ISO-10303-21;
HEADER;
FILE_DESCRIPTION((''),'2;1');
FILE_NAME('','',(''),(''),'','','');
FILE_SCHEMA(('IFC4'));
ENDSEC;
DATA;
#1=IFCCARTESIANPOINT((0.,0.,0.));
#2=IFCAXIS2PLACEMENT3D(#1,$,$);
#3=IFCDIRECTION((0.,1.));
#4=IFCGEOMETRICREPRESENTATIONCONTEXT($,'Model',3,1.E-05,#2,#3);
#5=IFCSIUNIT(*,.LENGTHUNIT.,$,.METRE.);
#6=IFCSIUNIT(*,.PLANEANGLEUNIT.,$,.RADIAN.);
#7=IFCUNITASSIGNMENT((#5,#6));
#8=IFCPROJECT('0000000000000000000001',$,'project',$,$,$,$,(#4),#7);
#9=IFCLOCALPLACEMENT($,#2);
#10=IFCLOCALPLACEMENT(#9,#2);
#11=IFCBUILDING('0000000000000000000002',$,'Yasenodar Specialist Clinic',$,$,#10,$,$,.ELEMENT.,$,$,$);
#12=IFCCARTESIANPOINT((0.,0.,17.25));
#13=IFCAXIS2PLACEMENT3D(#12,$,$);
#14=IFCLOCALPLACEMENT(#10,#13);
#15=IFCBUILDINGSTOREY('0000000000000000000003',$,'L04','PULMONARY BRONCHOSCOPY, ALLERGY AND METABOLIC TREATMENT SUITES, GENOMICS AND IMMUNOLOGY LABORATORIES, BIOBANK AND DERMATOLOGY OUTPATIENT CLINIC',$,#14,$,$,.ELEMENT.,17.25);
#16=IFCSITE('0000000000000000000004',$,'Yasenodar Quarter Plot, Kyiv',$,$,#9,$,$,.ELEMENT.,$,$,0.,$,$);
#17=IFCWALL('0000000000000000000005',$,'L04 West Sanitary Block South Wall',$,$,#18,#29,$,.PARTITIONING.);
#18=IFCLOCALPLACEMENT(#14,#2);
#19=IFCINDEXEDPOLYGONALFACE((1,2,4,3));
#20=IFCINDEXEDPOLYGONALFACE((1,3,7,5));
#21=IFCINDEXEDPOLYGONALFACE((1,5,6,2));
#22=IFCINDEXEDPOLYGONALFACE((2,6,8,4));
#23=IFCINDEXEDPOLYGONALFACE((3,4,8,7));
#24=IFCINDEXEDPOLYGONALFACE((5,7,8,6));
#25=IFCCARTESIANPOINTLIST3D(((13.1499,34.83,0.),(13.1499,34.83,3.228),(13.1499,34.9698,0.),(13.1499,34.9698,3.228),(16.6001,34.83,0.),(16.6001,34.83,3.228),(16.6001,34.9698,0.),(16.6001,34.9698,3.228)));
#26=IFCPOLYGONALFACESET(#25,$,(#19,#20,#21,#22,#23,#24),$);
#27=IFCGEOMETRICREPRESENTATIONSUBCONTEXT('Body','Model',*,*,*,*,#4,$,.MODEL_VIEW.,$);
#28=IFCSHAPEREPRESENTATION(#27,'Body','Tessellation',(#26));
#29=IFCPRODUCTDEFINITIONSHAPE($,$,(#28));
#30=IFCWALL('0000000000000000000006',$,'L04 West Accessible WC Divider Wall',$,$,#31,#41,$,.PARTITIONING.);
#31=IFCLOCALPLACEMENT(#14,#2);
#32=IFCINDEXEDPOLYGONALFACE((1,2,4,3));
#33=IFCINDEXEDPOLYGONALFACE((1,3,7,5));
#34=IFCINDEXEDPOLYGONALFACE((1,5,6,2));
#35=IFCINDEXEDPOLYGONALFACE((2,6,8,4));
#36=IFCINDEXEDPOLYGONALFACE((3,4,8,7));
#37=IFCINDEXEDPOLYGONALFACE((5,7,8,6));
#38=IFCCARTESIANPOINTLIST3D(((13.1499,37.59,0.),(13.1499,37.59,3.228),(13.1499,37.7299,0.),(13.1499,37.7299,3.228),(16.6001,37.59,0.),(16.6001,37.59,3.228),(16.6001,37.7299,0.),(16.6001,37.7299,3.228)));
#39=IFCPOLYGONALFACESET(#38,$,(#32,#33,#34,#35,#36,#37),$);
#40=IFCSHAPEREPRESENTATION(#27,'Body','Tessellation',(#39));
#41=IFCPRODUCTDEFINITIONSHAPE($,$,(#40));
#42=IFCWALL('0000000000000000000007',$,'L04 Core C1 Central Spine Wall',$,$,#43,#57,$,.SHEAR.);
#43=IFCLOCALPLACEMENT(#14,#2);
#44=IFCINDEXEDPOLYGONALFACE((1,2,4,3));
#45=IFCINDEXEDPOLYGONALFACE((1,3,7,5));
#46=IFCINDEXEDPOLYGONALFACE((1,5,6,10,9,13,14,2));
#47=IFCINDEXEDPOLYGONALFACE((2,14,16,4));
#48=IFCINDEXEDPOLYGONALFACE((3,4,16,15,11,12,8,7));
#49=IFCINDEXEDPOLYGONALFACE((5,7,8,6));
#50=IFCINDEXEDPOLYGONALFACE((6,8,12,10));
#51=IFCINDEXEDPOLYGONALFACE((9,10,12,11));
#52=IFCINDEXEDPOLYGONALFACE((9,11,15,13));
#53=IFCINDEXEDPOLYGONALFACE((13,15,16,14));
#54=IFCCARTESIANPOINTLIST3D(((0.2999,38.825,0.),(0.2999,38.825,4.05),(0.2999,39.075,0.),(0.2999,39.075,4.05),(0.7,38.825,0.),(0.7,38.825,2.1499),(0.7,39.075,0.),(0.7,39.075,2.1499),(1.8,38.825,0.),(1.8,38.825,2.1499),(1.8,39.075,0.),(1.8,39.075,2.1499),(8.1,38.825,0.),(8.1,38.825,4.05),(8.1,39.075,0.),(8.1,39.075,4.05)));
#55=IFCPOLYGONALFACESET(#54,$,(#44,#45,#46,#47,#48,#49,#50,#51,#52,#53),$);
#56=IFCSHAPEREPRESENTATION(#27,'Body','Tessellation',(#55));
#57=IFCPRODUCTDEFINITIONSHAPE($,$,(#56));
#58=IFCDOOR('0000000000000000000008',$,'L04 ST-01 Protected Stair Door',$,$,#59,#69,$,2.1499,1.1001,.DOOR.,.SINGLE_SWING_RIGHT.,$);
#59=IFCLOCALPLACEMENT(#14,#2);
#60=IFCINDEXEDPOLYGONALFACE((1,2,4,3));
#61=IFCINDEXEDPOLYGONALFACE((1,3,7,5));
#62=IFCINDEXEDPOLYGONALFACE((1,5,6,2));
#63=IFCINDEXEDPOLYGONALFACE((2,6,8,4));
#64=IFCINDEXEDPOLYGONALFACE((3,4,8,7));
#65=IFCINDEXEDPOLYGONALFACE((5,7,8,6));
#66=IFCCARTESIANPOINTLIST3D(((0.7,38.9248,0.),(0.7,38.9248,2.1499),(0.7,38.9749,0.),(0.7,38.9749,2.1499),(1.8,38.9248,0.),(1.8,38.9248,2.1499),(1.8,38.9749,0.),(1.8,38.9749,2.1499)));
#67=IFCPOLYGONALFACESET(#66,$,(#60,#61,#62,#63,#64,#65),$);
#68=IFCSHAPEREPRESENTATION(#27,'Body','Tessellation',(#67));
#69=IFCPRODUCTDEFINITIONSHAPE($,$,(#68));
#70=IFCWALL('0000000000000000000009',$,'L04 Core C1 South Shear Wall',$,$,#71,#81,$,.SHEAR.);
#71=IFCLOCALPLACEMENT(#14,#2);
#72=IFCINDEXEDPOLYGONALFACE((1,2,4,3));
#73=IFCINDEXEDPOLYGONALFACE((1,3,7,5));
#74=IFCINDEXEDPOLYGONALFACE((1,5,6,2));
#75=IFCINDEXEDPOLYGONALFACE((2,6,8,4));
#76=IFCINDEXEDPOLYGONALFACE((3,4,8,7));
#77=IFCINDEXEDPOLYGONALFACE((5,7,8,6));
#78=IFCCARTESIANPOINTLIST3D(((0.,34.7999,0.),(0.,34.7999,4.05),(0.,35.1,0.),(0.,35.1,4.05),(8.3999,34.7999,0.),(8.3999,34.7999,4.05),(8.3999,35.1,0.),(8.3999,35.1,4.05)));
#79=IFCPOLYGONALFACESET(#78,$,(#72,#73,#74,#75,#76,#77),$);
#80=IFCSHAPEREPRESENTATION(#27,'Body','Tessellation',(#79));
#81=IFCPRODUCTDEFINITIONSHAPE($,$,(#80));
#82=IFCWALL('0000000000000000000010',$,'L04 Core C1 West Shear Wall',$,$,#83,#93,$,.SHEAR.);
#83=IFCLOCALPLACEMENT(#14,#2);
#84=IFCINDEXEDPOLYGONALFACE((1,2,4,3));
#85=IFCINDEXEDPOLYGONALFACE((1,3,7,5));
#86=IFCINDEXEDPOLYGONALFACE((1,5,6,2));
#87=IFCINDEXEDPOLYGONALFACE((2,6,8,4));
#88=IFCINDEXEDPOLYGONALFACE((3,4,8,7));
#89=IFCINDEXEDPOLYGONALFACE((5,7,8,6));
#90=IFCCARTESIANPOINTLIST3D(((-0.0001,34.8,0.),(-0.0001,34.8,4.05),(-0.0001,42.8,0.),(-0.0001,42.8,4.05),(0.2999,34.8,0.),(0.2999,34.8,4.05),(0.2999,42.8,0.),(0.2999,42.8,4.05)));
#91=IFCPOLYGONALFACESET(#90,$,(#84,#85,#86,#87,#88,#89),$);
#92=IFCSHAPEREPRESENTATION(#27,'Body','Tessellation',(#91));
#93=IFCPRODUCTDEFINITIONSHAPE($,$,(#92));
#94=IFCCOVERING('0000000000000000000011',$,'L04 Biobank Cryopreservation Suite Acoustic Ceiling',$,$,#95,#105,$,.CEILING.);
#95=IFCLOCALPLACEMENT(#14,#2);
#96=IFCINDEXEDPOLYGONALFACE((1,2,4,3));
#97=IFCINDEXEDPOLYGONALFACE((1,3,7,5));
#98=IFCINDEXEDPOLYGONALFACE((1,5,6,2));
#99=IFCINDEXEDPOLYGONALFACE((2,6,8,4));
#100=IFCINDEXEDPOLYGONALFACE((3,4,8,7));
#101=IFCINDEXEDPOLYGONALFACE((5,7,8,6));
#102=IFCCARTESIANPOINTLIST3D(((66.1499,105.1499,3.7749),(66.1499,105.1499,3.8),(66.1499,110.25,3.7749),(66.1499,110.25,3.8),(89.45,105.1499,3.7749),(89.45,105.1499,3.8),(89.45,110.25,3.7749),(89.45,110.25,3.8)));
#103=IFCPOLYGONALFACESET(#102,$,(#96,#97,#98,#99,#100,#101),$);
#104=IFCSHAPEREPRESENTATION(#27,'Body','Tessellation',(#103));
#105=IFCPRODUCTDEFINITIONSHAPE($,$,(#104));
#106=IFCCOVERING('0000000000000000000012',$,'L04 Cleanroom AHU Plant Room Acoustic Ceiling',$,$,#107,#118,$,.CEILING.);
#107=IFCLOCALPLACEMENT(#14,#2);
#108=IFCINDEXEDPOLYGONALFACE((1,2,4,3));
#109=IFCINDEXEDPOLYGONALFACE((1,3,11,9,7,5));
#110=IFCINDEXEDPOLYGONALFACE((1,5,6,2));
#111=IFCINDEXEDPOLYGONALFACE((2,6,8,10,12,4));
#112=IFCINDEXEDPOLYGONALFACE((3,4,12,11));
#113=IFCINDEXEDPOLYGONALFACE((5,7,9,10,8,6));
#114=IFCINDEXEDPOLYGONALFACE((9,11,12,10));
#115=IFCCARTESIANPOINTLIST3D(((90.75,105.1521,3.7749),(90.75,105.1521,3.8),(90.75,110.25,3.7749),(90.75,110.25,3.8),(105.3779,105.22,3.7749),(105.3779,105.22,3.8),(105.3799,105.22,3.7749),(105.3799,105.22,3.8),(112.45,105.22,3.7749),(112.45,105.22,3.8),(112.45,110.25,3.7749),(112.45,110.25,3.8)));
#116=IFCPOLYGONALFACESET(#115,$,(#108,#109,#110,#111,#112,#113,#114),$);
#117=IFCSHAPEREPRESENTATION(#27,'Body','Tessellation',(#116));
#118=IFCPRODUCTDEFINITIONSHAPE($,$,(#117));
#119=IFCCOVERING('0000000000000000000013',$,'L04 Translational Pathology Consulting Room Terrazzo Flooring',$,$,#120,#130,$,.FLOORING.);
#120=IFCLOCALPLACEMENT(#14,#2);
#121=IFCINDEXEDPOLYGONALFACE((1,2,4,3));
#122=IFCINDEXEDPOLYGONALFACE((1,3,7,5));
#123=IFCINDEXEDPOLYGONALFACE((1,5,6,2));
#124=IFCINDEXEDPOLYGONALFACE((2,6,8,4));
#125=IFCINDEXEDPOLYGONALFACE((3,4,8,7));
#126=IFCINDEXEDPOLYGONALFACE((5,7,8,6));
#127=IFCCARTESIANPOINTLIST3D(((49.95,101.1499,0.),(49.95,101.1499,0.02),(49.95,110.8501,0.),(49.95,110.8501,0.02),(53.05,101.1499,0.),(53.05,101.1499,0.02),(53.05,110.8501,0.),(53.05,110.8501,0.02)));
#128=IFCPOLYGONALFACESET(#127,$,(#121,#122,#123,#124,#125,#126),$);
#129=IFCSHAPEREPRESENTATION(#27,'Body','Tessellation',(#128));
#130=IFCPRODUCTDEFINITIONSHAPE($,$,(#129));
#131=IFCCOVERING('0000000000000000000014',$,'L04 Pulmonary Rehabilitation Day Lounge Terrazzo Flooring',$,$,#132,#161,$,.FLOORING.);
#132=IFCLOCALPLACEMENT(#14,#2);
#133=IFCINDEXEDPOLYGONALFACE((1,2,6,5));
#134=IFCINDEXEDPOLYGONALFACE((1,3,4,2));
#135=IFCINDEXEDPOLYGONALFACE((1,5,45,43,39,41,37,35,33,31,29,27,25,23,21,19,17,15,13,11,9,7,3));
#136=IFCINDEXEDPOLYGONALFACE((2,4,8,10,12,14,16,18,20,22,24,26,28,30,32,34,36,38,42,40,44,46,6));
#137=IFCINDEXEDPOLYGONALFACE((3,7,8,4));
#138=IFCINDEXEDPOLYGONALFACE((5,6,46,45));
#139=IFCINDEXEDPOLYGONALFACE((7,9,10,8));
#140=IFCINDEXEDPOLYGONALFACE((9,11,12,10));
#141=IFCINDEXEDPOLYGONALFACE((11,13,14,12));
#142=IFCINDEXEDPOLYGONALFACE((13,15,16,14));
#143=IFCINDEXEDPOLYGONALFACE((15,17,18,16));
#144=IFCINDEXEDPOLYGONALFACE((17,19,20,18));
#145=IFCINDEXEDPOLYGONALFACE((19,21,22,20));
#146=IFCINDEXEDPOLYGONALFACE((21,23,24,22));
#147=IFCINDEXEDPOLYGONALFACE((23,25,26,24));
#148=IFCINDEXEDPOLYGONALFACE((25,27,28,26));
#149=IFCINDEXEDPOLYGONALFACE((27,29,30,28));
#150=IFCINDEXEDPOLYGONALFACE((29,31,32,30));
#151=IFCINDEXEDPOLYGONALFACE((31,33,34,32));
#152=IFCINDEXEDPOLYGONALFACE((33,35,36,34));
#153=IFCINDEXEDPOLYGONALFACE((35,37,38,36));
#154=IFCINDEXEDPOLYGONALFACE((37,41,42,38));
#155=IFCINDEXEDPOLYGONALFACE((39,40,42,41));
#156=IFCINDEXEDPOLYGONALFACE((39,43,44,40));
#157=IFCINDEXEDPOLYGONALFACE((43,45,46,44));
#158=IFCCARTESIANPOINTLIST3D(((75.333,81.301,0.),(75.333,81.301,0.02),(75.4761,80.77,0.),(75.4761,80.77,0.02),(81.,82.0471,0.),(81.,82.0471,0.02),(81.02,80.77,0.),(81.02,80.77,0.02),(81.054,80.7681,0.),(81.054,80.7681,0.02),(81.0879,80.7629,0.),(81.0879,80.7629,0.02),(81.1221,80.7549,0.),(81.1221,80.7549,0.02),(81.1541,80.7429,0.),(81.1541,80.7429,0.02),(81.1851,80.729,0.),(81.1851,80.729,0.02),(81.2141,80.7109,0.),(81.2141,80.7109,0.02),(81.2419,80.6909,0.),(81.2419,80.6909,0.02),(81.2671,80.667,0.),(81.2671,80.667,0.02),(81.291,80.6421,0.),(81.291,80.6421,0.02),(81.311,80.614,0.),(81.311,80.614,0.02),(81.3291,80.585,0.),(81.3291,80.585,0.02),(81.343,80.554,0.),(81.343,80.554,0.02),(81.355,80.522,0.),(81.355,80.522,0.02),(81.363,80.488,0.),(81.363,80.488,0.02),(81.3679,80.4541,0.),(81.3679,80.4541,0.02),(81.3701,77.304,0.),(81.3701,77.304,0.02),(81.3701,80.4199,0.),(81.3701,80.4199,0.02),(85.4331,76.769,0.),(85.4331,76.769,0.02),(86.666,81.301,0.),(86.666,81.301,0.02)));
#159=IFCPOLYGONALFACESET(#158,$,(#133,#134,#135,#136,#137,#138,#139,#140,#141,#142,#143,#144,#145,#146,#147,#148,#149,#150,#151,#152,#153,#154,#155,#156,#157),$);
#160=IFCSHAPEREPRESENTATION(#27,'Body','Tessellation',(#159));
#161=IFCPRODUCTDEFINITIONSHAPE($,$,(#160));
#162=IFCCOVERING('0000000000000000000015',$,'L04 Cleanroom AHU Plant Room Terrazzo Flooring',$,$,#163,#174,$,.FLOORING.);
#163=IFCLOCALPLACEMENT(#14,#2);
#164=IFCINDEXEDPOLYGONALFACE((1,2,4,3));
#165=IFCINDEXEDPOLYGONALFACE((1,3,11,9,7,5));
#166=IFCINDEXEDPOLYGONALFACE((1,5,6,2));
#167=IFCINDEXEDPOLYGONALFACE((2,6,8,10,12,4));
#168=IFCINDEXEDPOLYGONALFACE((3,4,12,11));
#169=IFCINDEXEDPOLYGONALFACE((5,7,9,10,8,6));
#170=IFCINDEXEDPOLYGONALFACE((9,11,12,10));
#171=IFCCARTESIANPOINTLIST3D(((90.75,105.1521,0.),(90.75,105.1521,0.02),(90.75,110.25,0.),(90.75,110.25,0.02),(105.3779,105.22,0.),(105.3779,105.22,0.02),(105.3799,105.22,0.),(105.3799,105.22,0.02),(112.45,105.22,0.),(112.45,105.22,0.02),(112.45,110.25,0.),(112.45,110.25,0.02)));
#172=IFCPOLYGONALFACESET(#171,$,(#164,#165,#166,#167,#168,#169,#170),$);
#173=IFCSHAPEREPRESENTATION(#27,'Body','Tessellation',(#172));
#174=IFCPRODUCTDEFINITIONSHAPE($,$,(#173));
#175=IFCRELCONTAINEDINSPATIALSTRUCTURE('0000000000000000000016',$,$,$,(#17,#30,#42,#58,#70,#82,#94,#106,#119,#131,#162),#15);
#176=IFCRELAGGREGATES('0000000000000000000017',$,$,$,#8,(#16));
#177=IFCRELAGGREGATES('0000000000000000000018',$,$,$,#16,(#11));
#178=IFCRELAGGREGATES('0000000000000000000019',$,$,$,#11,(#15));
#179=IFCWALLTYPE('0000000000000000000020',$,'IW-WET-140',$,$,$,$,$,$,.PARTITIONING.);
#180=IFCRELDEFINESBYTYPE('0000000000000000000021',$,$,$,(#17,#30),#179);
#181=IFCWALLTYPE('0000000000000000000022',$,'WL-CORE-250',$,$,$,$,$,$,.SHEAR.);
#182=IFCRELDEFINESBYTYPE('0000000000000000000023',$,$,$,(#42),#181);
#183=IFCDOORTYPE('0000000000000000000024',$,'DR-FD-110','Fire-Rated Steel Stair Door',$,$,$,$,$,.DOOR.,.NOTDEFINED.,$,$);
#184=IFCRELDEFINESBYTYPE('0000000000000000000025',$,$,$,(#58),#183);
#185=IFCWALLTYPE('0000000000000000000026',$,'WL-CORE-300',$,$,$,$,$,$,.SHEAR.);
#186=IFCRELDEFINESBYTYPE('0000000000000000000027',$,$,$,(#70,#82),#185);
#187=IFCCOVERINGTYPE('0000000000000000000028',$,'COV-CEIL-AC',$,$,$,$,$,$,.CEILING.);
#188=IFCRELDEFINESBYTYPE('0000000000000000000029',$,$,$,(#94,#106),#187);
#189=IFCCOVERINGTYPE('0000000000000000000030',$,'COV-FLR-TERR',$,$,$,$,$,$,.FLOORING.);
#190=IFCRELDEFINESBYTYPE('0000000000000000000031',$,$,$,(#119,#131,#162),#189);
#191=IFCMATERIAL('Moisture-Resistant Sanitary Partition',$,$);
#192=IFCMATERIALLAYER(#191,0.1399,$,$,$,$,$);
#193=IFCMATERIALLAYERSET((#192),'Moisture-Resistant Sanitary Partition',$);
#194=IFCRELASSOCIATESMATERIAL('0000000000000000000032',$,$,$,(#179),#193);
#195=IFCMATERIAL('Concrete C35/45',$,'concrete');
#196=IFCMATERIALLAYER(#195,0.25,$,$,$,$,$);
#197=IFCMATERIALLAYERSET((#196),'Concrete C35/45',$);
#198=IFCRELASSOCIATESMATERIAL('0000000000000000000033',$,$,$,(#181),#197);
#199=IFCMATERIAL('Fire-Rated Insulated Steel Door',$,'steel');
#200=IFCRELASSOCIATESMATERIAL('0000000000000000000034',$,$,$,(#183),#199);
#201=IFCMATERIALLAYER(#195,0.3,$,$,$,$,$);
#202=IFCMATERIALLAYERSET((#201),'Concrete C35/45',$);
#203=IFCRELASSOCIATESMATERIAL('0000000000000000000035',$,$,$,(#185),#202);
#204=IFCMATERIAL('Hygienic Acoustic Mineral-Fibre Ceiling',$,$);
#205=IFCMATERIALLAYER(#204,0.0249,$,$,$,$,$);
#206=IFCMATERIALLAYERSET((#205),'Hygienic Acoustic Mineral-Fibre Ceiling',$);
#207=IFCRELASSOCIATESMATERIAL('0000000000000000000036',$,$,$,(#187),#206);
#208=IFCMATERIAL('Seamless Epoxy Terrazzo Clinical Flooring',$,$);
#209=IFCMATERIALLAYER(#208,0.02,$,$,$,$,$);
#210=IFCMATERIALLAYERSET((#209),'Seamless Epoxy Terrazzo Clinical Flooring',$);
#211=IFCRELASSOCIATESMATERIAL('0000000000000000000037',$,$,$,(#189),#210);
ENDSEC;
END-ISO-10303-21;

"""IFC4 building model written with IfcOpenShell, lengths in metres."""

from ifc_helpers import new_model, si_unit, direction, frame, frame_2d, origin, place, context, subcontext, project, spatial, polyline, rectangle, outline, extrude, material, layer, layer_set, type_object, element, fill, save


model = new_model("IFC4")

# Units and contexts
model_context = context("Model", 3, precision=1e-05, world=origin(), true_north=direction((0.0, 1.0)))
body_context = subcontext(model_context, "Body", "Model", "MODEL_VIEW")
ifc_project = project(units=[si_unit("LENGTHUNIT", "METRE"), si_unit("PLANEANGLEUNIT", "RADIAN")], contexts=[model_context])

# Site, building, storey
site_placement = place(None, origin())
site = spatial("IfcSite", under=ifc_project, at=site_placement, Name="Yasenodar Quarter Plot, Kyiv", CompositionType="ELEMENT", RefElevation=0.0)
building_placement = place(site_placement, origin())
building = spatial("IfcBuilding", under=site, at=building_placement, Name="Yasenodar Specialist Clinic", CompositionType="ELEMENT")
storey_placement = place(building_placement, frame((0.0, 0.0, 17.25)))
storey = spatial("IfcBuildingStorey", under=building, at=storey_placement, Name="L04", Description="PULMONARY BRONCHOSCOPY, ALLERGY AND METABOLIC TREATMENT SUITES, GENOMICS AND IMMUNOLOGY LABORATORIES, BIOBANK AND DERMATOLOGY OUTPATIENT CLINIC", CompositionType="ELEMENT", Elevation=17.25)

# Shared definitions
ifc_material_1 = material(Name="Fire-Rated Insulated Steel Door", Category="steel")

# Shared definitions
ifc_material_2 = material(Name="Moisture-Resistant Sanitary Partition")
ifc_layer_1 = layer(ifc_material_2, 0.1399)
ifc_layer_set_1 = layer_set([ifc_layer_1], Name="Moisture-Resistant Sanitary Partition")
wall_type_1 = type_object("IfcWallType", Name="IW-WET-140", PredefinedType="PARTITIONING", material=ifc_layer_set_1)

# Walls
for number, where, z_axis, x_axis, name in (
    (1, (13.1499, 34.8999, 0.0), (0.0, 0.0, 1.0), (1.0, 0.0, 0.0), "L04 West Sanitary Block South Wall"),
    (2, (13.1499, 37.6599, 0.0), (0.0, 0.0, 1.0), (1.0, 0.0, 0.0), "L04 West Accessible WC Divider Wall"),
):
    element("IfcWall", number, at=place(storey_placement, frame(where, z_axis=z_axis, x_axis=x_axis)), inside=storey, type_object=wall_type_1, Name=name, PredefinedType="PARTITIONING", context=body_context, shape_type="SweptSolid", body=[
        extrude(rectangle(XDim=3.4502, YDim=0.1399, at=frame_2d((1.7251, 0.0))), origin(), (0.0, 0.0, 1.0), 3.228),
    ])

# Wall, opening, door
ifc_material_3 = material(Name="Concrete C35/45", Category="concrete")
ifc_layer_2 = layer(ifc_material_3, 0.25)
ifc_layer_set_2 = layer_set([ifc_layer_2], Name="Concrete C35/45")
wall_type_2 = type_object("IfcWallType", Name="WL-CORE-250", PredefinedType="SHEAR", material=ifc_layer_set_2)
wall_1_placement = place(storey_placement, frame((0.3, 38.95, 0.0), z_axis=(0.0, 0.0, 1.0), x_axis=(1.0, 0.0, 0.0)))
wall_1 = element("IfcWall", 3, at=wall_1_placement, inside=storey, type_object=wall_type_2, Name="L04 Core C1 Central Spine Wall", PredefinedType="SHEAR", context=body_context, shape_type="SweptSolid", body=[
    extrude(rectangle(XDim=7.8, YDim=0.25, at=frame_2d((3.8999, 0.0))), origin(), (0.0, 0.0, 1.0), 4.05),
])
opening_1_placement = place(wall_1_placement, frame((0.3999, 0.0, 0.0)))
opening_1 = element("IfcOpeningElement", 4, at=opening_1_placement, cuts=wall_1, PredefinedType="OPENING", context=body_context, shape_type="SweptSolid", body=[
    extrude(rectangle(XDim=1.1001, YDim=2.1499, at=frame_2d((0.55, 1.075))), frame((0.0, 0.135, 0.0), z_axis=(0.0, -1.0, 0.0), x_axis=(1.0, 0.0, 0.0)), (0.0, 0.0, 1.0), 0.27),
])
door_type_1 = type_object("IfcDoorType", Name="DR-FD-110", Description="Fire-Rated Steel Stair Door", OperationType="NOTDEFINED", PredefinedType="DOOR", material=ifc_material_1)
door_1_placement = place(opening_1_placement, origin())
door_1 = element("IfcDoor", 5, at=door_1_placement, inside=storey, type_object=door_type_1, Name="L04 ST-01 Protected Stair Door", OperationType="SINGLE_SWING_RIGHT", OverallHeight=2.1499, OverallWidth=1.1001, PredefinedType="DOOR", context=body_context, shape_type="SweptSolid", body=[
    extrude(rectangle(XDim=1.1001, YDim=2.1499, at=frame_2d((0.55, 1.075))), frame((0.0, 0.0249, 0.0), z_axis=(0.0, -1.0, 0.0), x_axis=(1.0, 0.0, 0.0)), (0.0, 0.0, 1.0), 0.05),
])
fill(opening_1, door_1)

# Walls
ifc_layer_3 = layer(ifc_material_3, 0.3)
ifc_layer_set_3 = layer_set([ifc_layer_3], Name="Concrete C35/45")
wall_type_3 = type_object("IfcWallType", Name="WL-CORE-300", PredefinedType="SHEAR", material=ifc_layer_set_3)
wall_2_placement = place(storey_placement, frame((0.0, 34.95, 0.0), z_axis=(0.0, 0.0, 1.0), x_axis=(1.0, 0.0, 0.0)))
element("IfcWall", 6, at=wall_2_placement, inside=storey, type_object=wall_type_3, Name="L04 Core C1 South Shear Wall", PredefinedType="SHEAR", context=body_context, shape_type="SweptSolid", body=[
    extrude(rectangle(XDim=8.3999, YDim=0.3, at=frame_2d((4.2, 0.0))), origin(), (0.0, 0.0, 1.0), 4.05),
])
wall_3_placement = place(storey_placement, frame((0.1499, 34.8, 0.0), z_axis=(0.0, 0.0, 1.0), x_axis=(0.0, 1.0, 0.0)))
element("IfcWall", 7, at=wall_3_placement, inside=storey, type_object=wall_type_3, Name="L04 Core C1 West Shear Wall", PredefinedType="SHEAR", context=body_context, shape_type="SweptSolid", body=[
    extrude(rectangle(XDim=8.0, YDim=0.3, at=frame_2d((4.0, 0.0))), origin(), (0.0, 0.0, 1.0), 4.05),
])

# Coverings
ifc_material_4 = material(Name="Hygienic Acoustic Mineral-Fibre Ceiling")
ifc_layer_4 = layer(ifc_material_4, 0.0249)
ifc_layer_set_4 = layer_set([ifc_layer_4], Name="Hygienic Acoustic Mineral-Fibre Ceiling")
covering_type_1 = type_object("IfcCoveringType", Name="COV-CEIL-AC", PredefinedType="CEILING", material=ifc_layer_set_4)
covering_1_placement = place(storey_placement, frame((0.0, 0.0, 3.7749)))
element("IfcCovering", 8, at=covering_1_placement, inside=storey, type_object=covering_type_1, Name="L04 Biobank Cryopreservation Suite Acoustic Ceiling", PredefinedType="CEILING", context=body_context, shape_type="SweptSolid", body=[
    extrude(outline(polyline([(89.45, 105.1499), (66.1499, 105.1499), (66.1499, 110.25), (89.45, 110.25), (89.45, 105.1499)])), origin(), (0.0, 0.0, 1.0), 0.0251),
])
covering_2_placement = place(storey_placement, frame((0.0, 0.0, 3.7749)))
element("IfcCovering", 9, at=covering_2_placement, inside=storey, type_object=covering_type_1, Name="L04 Cleanroom AHU Plant Room Acoustic Ceiling", PredefinedType="CEILING", context=body_context, shape_type="SweptSolid", body=[
    extrude(outline(polyline([(112.45, 110.25), (112.45, 105.22), (105.3799, 105.22), (105.3779, 105.22), (90.75, 105.1521), (90.75, 110.25), (112.45, 110.25)])), origin(), (0.0, 0.0, 1.0), 0.0251),
])
ifc_material_5 = material(Name="Seamless Epoxy Terrazzo Clinical Flooring")
ifc_layer_5 = layer(ifc_material_5, 0.02)
ifc_layer_set_5 = layer_set([ifc_layer_5], Name="Seamless Epoxy Terrazzo Clinical Flooring")
covering_type_2 = type_object("IfcCoveringType", Name="COV-FLR-TERR", PredefinedType="FLOORING", material=ifc_layer_set_5)
covering_3_placement = place(storey_placement, origin())
element("IfcCovering", 10, at=covering_3_placement, inside=storey, type_object=covering_type_2, Name="L04 Translational Pathology Consulting Room Terrazzo Flooring", PredefinedType="FLOORING", context=body_context, shape_type="SweptSolid", body=[
    extrude(outline(polyline([(53.05, 101.1499), (49.95, 101.1499), (49.95, 110.8501), (53.05, 110.8501), (53.05, 101.1499)])), origin(), (0.0, 0.0, 1.0), 0.02),
])
covering_4_placement = place(storey_placement, origin())
element("IfcCovering", 11, at=covering_4_placement, inside=storey, type_object=covering_type_2, Name="L04 Pulmonary Rehabilitation Day Lounge Terrazzo Flooring", PredefinedType="FLOORING", context=body_context, shape_type="SweptSolid", body=[
    extrude(outline(polyline([(86.666, 81.301), (85.4331, 76.769), (81.3701, 77.304), (81.3701, 80.4199), (81.3679, 80.4541), (81.363, 80.488), (81.355, 80.522), (81.343, 80.554), (81.3291, 80.585), (81.311, 80.614), (81.291, 80.6421), (81.2671, 80.667), (81.2419, 80.6909), (81.2141, 80.7109), (81.1851, 80.729), (81.1541, 80.7429), (81.1221, 80.7549), (81.0879, 80.7629), (81.054, 80.7681), (81.02, 80.77), (75.4761, 80.77), (75.333, 81.301), (81.0, 82.0471), (86.666, 81.301)])), origin(), (0.0, 0.0, 1.0), 0.02),
])
covering_5_placement = place(storey_placement, origin())
element("IfcCovering", 12, at=covering_5_placement, inside=storey, type_object=covering_type_2, Name="L04 Cleanroom AHU Plant Room Terrazzo Flooring", PredefinedType="FLOORING", context=body_context, shape_type="SweptSolid", body=[
    extrude(outline(polyline([(112.45, 110.25), (112.45, 105.22), (105.3799, 105.22), (105.3779, 105.22), (90.75, 105.1521), (90.75, 110.25), (112.45, 110.25)])), origin(), (0.0, 0.0, 1.0), 0.02),
])

save(model, "model.ifc")
